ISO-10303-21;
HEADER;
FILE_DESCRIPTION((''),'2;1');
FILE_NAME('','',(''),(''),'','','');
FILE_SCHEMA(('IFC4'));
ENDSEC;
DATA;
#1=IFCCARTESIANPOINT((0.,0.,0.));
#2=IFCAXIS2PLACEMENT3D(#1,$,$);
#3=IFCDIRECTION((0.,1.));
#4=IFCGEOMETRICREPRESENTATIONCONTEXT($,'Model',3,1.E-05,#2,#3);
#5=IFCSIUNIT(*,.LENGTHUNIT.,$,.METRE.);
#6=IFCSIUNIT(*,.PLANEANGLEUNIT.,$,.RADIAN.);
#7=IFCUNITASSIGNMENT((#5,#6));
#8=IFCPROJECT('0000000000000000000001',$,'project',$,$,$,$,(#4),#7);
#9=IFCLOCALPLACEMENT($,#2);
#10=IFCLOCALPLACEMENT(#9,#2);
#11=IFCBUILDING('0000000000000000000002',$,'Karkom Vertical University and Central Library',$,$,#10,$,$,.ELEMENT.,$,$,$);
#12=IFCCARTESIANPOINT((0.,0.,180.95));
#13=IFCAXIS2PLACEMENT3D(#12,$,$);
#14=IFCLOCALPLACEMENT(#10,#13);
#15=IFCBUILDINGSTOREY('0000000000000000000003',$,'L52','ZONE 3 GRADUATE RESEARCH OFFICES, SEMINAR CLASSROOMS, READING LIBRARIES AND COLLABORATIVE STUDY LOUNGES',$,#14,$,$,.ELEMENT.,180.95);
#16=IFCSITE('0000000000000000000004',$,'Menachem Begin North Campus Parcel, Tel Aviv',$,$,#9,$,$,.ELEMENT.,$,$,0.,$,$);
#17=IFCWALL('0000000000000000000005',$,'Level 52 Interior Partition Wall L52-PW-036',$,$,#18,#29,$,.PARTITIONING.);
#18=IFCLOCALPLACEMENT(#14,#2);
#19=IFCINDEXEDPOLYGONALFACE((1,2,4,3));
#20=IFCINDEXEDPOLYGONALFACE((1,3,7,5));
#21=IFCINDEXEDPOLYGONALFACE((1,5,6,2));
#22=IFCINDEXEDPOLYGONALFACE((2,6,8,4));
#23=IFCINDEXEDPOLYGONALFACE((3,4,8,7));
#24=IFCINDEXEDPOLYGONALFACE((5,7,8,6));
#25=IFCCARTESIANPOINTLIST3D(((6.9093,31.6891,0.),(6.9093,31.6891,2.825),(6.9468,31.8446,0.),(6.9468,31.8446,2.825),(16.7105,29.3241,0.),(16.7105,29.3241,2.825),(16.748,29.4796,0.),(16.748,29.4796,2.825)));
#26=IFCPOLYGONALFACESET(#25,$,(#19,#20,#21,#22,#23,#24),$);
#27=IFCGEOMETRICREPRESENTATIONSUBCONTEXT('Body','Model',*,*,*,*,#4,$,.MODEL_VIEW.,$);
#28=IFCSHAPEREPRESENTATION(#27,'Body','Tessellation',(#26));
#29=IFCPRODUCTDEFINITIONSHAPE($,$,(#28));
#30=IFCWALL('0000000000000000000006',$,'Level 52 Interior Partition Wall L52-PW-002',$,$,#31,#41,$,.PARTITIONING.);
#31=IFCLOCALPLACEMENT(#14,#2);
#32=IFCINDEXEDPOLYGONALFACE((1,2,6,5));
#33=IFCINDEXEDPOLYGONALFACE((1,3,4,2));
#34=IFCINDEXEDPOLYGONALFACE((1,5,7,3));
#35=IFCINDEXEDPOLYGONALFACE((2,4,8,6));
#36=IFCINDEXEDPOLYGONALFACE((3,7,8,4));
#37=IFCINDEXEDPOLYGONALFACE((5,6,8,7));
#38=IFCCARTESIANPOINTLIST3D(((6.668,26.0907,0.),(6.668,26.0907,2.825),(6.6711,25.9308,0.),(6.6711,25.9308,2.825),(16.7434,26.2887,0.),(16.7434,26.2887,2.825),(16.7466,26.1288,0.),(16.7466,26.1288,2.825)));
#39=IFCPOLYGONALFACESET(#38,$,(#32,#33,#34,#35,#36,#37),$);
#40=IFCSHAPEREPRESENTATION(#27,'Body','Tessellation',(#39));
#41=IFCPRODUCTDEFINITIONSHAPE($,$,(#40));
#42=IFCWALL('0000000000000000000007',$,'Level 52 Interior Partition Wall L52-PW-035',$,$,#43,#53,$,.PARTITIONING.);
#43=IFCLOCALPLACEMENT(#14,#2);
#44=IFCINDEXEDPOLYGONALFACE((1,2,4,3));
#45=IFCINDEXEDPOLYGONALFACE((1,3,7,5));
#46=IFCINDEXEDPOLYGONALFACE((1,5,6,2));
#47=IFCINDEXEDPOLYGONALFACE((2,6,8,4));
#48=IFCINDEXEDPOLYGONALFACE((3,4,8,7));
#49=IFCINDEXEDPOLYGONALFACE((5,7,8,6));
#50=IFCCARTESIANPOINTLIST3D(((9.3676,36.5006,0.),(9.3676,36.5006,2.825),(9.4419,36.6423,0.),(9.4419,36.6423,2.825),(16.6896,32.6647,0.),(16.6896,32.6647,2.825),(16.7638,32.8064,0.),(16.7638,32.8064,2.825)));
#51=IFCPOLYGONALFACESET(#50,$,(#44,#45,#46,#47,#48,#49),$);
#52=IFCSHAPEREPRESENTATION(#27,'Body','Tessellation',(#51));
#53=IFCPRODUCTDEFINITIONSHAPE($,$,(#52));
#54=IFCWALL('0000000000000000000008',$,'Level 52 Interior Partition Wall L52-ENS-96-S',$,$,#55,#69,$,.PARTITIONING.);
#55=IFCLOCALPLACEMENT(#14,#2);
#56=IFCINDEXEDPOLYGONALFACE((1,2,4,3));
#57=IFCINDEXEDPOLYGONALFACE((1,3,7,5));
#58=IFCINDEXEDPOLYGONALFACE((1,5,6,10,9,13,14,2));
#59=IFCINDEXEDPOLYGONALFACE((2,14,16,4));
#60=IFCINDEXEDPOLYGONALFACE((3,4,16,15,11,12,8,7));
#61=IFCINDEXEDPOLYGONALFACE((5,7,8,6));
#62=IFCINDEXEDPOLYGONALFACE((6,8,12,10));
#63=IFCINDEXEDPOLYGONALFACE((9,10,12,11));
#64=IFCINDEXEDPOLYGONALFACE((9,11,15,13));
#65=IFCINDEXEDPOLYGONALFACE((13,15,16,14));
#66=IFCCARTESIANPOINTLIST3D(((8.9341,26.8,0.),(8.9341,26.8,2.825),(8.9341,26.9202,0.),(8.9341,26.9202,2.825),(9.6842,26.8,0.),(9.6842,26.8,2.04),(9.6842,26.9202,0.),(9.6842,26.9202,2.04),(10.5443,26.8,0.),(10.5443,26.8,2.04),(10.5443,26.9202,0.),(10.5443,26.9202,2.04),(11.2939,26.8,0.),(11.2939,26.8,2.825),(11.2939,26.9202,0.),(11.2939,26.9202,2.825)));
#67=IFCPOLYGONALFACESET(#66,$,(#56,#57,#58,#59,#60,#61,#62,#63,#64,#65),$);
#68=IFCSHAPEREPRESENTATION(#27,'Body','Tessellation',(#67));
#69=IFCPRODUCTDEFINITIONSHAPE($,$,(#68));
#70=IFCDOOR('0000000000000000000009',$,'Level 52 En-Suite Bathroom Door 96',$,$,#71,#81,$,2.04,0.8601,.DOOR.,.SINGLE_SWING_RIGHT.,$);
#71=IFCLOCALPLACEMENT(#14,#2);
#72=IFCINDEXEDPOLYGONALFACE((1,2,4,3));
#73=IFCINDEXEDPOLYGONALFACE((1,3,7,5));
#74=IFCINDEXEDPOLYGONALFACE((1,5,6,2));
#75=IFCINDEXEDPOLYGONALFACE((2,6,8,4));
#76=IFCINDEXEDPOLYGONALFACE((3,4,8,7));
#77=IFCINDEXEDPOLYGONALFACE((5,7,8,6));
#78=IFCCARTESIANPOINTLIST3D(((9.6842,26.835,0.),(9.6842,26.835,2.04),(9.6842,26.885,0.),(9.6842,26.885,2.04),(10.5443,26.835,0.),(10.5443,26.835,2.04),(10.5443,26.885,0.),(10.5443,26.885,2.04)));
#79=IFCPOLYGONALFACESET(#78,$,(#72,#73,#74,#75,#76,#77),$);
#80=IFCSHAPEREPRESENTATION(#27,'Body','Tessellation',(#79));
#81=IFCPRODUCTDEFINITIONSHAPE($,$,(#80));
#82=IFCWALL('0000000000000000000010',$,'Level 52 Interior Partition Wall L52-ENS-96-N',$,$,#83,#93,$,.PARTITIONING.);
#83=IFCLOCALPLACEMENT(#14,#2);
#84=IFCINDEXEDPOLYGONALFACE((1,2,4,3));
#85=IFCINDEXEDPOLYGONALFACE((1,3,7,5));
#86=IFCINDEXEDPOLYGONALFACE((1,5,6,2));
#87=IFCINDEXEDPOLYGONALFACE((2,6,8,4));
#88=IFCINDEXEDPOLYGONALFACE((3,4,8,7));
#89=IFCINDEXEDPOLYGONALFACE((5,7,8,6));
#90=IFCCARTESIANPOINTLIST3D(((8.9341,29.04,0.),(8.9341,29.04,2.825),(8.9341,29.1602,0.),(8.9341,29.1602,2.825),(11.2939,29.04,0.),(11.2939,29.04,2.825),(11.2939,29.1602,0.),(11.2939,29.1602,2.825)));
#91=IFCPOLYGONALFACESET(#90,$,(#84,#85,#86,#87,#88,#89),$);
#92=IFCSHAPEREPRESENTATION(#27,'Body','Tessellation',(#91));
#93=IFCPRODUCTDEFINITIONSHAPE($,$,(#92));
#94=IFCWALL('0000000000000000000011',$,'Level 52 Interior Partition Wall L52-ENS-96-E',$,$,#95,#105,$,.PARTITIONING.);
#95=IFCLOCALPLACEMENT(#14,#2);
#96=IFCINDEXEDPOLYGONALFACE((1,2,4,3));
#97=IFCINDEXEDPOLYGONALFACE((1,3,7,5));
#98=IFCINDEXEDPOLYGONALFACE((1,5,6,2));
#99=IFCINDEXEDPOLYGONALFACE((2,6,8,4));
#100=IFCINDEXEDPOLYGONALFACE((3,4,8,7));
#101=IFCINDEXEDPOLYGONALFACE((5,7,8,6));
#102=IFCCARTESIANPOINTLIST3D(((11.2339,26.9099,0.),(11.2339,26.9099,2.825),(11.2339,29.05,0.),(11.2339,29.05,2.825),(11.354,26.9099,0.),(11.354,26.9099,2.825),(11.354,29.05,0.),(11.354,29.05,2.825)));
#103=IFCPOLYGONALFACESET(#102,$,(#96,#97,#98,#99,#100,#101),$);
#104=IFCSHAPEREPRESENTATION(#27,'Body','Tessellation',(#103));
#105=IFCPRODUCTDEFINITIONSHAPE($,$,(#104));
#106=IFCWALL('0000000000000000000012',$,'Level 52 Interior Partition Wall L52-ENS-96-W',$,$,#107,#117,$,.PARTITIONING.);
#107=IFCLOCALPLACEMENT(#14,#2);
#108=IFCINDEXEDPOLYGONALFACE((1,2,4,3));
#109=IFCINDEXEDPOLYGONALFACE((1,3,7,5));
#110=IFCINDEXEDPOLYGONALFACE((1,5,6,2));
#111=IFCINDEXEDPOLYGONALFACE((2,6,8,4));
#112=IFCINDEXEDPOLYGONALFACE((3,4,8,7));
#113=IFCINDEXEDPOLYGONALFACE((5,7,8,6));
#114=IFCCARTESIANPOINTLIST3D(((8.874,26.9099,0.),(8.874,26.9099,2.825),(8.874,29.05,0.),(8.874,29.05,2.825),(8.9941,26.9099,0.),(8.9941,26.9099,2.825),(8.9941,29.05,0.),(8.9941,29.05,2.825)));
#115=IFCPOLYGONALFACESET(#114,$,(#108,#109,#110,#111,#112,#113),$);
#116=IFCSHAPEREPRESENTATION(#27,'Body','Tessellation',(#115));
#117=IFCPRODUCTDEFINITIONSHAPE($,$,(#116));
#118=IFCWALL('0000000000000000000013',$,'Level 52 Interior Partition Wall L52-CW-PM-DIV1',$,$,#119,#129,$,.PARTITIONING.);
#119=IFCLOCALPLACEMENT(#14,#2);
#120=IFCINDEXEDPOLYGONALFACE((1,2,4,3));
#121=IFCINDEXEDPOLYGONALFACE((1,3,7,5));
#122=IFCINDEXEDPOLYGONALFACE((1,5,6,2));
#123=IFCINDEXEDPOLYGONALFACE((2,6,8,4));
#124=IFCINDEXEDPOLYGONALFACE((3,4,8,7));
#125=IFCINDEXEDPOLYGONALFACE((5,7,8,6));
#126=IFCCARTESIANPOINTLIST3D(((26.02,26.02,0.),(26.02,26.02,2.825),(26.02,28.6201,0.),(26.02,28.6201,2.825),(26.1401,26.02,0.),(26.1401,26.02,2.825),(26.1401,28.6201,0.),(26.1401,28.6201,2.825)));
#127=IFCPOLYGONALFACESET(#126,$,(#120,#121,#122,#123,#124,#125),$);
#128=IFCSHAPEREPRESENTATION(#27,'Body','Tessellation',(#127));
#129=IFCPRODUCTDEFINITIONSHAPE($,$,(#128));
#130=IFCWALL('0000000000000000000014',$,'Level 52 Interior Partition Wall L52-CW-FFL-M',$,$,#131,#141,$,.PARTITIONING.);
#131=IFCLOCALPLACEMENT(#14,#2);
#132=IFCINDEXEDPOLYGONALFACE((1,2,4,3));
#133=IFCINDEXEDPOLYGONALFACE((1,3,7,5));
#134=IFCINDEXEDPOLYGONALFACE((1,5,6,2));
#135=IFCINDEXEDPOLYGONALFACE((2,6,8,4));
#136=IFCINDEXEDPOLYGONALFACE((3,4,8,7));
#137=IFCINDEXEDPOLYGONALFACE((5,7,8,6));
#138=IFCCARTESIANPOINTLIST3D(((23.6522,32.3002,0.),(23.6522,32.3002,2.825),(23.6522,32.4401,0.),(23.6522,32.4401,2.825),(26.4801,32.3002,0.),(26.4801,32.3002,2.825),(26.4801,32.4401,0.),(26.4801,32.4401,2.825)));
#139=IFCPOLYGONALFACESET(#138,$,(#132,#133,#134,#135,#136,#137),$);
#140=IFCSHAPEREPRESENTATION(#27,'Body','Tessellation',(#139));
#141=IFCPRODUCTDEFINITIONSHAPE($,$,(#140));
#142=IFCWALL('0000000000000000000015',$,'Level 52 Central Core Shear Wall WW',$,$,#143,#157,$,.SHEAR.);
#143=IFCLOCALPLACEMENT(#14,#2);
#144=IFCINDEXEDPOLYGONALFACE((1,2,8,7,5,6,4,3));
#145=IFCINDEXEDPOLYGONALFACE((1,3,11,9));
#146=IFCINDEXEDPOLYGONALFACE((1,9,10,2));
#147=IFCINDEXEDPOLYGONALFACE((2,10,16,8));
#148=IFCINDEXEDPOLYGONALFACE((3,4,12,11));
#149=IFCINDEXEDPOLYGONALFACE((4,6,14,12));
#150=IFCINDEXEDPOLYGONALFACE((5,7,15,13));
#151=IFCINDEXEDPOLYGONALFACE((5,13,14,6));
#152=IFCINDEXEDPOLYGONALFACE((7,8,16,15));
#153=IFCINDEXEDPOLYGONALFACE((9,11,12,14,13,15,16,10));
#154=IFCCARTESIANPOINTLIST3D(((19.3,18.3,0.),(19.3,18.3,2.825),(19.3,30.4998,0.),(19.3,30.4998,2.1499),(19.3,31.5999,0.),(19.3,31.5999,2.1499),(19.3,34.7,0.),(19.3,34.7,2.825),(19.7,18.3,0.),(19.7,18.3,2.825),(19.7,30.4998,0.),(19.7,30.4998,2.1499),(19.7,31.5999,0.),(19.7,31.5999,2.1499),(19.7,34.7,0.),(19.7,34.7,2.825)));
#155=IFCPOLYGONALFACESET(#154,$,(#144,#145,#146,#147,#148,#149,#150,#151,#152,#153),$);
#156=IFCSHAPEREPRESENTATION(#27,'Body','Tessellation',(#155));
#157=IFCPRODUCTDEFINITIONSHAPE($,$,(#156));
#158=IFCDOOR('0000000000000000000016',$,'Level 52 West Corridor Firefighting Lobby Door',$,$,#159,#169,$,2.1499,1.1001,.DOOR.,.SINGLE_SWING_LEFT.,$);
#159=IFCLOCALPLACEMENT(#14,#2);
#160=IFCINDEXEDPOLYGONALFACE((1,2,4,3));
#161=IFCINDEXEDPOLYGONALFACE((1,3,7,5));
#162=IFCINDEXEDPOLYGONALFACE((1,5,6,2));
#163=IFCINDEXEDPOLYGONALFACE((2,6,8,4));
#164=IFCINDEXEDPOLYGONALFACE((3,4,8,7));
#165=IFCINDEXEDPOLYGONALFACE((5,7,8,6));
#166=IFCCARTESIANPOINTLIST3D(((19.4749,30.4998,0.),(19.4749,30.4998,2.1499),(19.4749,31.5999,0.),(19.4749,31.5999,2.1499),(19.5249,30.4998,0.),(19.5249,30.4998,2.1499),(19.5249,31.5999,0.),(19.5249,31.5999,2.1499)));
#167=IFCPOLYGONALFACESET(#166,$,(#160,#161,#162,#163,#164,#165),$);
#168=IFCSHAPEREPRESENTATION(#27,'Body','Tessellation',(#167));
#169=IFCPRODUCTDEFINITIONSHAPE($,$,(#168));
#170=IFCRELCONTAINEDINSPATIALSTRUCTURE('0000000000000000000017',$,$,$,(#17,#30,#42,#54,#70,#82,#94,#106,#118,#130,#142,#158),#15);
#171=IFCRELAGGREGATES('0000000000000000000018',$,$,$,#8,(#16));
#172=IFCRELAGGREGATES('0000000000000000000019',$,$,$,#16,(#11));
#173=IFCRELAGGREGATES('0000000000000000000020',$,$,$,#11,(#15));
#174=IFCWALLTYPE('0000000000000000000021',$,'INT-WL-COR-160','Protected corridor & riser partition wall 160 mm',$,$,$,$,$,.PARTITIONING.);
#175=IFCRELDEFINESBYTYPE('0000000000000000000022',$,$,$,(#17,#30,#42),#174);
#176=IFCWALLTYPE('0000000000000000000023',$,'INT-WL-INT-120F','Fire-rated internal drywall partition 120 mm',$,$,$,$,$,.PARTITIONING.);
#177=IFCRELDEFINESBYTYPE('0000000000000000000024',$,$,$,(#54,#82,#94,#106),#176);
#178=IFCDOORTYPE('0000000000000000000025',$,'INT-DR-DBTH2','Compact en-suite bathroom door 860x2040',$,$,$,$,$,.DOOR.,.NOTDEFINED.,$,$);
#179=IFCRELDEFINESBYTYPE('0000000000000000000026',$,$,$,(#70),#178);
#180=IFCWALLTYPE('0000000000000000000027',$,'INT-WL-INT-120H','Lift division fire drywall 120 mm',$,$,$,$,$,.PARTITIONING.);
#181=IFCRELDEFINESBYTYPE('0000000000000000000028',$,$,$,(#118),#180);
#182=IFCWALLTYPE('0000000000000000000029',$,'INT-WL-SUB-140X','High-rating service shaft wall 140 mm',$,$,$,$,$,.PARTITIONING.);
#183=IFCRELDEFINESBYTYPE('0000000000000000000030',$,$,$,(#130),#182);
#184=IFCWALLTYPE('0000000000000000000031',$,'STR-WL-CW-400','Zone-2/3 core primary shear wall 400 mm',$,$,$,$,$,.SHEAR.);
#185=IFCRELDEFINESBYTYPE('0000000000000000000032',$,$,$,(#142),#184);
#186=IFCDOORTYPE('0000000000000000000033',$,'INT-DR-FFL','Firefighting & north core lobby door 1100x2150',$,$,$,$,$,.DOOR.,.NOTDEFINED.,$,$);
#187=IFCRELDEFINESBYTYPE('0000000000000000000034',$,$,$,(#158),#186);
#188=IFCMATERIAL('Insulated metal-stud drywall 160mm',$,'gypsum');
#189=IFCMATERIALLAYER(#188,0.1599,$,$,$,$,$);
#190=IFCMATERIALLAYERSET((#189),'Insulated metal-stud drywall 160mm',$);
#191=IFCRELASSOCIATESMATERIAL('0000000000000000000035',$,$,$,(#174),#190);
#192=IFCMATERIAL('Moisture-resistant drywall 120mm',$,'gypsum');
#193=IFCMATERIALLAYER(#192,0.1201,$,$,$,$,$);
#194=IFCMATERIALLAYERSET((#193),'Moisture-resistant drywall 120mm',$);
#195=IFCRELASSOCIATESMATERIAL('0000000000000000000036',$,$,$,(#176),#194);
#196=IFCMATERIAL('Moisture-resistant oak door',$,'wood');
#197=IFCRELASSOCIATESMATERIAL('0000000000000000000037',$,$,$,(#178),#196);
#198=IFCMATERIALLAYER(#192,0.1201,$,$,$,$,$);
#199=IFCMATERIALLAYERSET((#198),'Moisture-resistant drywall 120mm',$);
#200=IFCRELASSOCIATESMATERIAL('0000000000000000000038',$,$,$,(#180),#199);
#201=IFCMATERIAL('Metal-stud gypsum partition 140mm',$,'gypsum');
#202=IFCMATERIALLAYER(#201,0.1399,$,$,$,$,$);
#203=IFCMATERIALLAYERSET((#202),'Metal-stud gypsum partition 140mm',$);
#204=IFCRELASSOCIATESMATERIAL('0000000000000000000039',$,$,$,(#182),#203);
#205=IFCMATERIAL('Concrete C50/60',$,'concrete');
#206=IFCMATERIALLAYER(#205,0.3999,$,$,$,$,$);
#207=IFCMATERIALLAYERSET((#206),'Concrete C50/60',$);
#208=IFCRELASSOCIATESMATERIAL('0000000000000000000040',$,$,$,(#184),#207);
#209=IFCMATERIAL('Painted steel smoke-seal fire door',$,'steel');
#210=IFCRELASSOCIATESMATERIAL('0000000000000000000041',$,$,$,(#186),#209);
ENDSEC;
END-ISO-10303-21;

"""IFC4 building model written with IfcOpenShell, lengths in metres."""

from ifc_helpers import new_model, si_unit, direction, frame, frame_2d, origin, origin_with_axes, place, context, subcontext, project, spatial, rectangle, extrude, source, transform, mapped, material, layer, layer_set, type_object, element, fill, save


model = new_model("IFC4")

# Units and contexts
model_context = context("Model", 3, precision=1e-05, world=origin(), true_north=direction((0.0, 1.0)))
body_context = subcontext(model_context, "Body", "Model", "MODEL_VIEW")
ifc_project = project(units=[si_unit("LENGTHUNIT", "METRE"), si_unit("PLANEANGLEUNIT", "RADIAN")], contexts=[model_context])

# Site, building, storey
site_placement = place(None, origin())
site = spatial("IfcSite", under=ifc_project, at=site_placement, Name="Menachem Begin North Campus Parcel, Tel Aviv", CompositionType="ELEMENT", RefElevation=0.0)
building_placement = place(site_placement, origin())
building = spatial("IfcBuilding", under=site, at=building_placement, Name="Karkom Vertical University and Central Library", CompositionType="ELEMENT")
storey_placement = place(building_placement, frame((0.0, 0.0, 180.95)))
storey = spatial("IfcBuildingStorey", under=building, at=storey_placement, Name="L52", Description="ZONE 3 GRADUATE RESEARCH OFFICES, SEMINAR CLASSROOMS, READING LIBRARIES AND COLLABORATIVE STUDY LOUNGES", CompositionType="ELEMENT", Elevation=180.95)

# Shared definitions
ifc_material_1 = material(Name="Concrete C50/60", Category="concrete")

# Walls
ifc_material_2 = material(Name="Insulated metal-stud drywall 160mm", Category="gypsum")
ifc_layer_1 = layer(ifc_material_2, 0.1599)
ifc_layer_set_1 = layer_set([ifc_layer_1], Name="Insulated metal-stud drywall 160mm")
wall_type_1 = type_object("IfcWallType", Name="INT-WL-COR-160", Description="Protected corridor & riser partition wall 160 mm", PredefinedType="PARTITIONING", material=ifc_layer_set_1)
wall_1_placement = place(storey_placement, frame((16.7292, 29.4019, 0.0), z_axis=(0.0, 0.0, 1.0), x_axis=(-0.972101, 0.234562, 0.0)))
element("IfcWall", 1, at=wall_1_placement, inside=storey, type_object=wall_type_1, Name="Level 52 Interior Partition Wall L52-PW-036", PredefinedType="PARTITIONING", context=body_context, shape_type="SweptSolid", body=[
    extrude(rectangle(XDim=10.0825, YDim=0.1599, at=frame_2d((5.0413, 0.0))), origin(), (0.0, 0.0, 1.0), 2.825),
])
wall_2_placement = place(storey_placement, frame((6.6697, 26.0107, 0.0), z_axis=(0.0, 0.0, 1.0), x_axis=(0.999807, 0.019648, 0.0)))
element("IfcWall", 2, at=wall_2_placement, inside=storey, type_object=wall_type_1, Name="Level 52 Interior Partition Wall L52-PW-002", PredefinedType="PARTITIONING", context=body_context, shape_type="SweptSolid", body=[
    extrude(rectangle(XDim=10.0774, YDim=0.1599, at=frame_2d((5.0386, 0.0))), origin(), (0.0, 0.0, 1.0), 2.825),
])
wall_3_placement = place(storey_placement, frame((16.7266, 32.7356, 0.0), z_axis=(0.0, 0.0, 1.0), x_axis=(-0.885802, 0.464063, 0.0)))
element("IfcWall", 3, at=wall_3_placement, inside=storey, type_object=wall_type_1, Name="Level 52 Interior Partition Wall L52-PW-035", PredefinedType="PARTITIONING", context=body_context, shape_type="SweptSolid", body=[
    extrude(rectangle(XDim=8.2659, YDim=0.1599, at=frame_2d((4.1328, 0.0))), origin(), (0.0, 0.0, 1.0), 2.825),
])

# Wall, opening, door
ifc_material_3 = material(Name="Moisture-resistant drywall 120mm", Category="gypsum")
ifc_layer_2 = layer(ifc_material_3, 0.1201)
ifc_layer_set_2 = layer_set([ifc_layer_2], Name="Moisture-resistant drywall 120mm")
wall_type_2 = type_object("IfcWallType", Name="INT-WL-INT-120F", Description="Fire-rated internal drywall partition 120 mm", PredefinedType="PARTITIONING", material=ifc_layer_set_2)
wall_4_placement = place(storey_placement, frame((8.9341, 26.8601, 0.0), z_axis=(0.0, 0.0, 1.0), x_axis=(1.0, 0.0, 0.0)))
wall_4 = element("IfcWall", 4, at=wall_4_placement, inside=storey, type_object=wall_type_2, Name="Level 52 Interior Partition Wall L52-ENS-96-S", PredefinedType="PARTITIONING", context=body_context, shape_type="SweptSolid", body=[
    extrude(rectangle(XDim=2.3599, YDim=0.1201, at=frame_2d((1.1799, 0.0))), origin(), (0.0, 0.0, 1.0), 2.825),
])
opening_1_placement = place(wall_4_placement, frame((0.75, 0.0, 0.0)))
opening_1 = element("IfcOpeningElement", 5, at=opening_1_placement, cuts=wall_4, PredefinedType="OPENING", context=body_context, shape_type="SweptSolid", body=[
    extrude(rectangle(XDim=0.8601, YDim=2.04, at=frame_2d((0.4302, 1.02))), frame((0.0, 0.0701, 0.0), z_axis=(0.0, -1.0, 0.0), x_axis=(1.0, 0.0, 0.0)), (0.0, 0.0, 1.0), 0.1401),
])
ifc_material_4 = material(Name="Moisture-resistant oak door", Category="wood")
door_type_1 = type_object("IfcDoorType", Name="INT-DR-DBTH2", Description="Compact en-suite bathroom door 860x2040", OperationType="NOTDEFINED", PredefinedType="DOOR", material=ifc_material_4)
shared_shape_1 = source(origin_with_axes(), body_context, "Body", "SweptSolid", [
    extrude(rectangle(XDim=0.8601, YDim=2.04, at=frame_2d((0.4302, 1.02))), frame((0.0, 0.0249, 0.0), z_axis=(0.0, -1.0, 0.0), x_axis=(1.0, 0.0, 0.0)), (0.0, 0.0, 1.0), 0.05),
])
door_1_placement = place(opening_1_placement, origin())
door_1 = element("IfcDoor", 6, at=door_1_placement, inside=storey, type_object=door_type_1, Name="Level 52 En-Suite Bathroom Door 96", OperationType="SINGLE_SWING_RIGHT", OverallHeight=2.04, OverallWidth=0.8601, PredefinedType="DOOR", context=body_context, shape_type="MappedRepresentation", body=[
    mapped(shared_shape_1, transform((0.0, 0.0, 0.0), scale=1.0)),
])
fill(opening_1, door_1)

# Walls
wall_5_placement = place(storey_placement, frame((11.2939, 29.1001, 0.0), z_axis=(0.0, 0.0, 1.0), x_axis=(-1.0, 0.0, 0.0)))
element("IfcWall", 7, at=wall_5_placement, inside=storey, type_object=wall_type_2, Name="Level 52 Interior Partition Wall L52-ENS-96-N", PredefinedType="PARTITIONING", context=body_context, shape_type="SweptSolid", body=[
    extrude(rectangle(XDim=2.3599, YDim=0.1201, at=frame_2d((1.1799, 0.0))), origin(), (0.0, 0.0, 1.0), 2.825),
])
for number, where, z_axis, x_axis, name in (
    (8, (11.2939, 26.9099, 0.0), (0.0, 0.0, 1.0), (0.0, 1.0, 0.0), "Level 52 Interior Partition Wall L52-ENS-96-E"),
    (9, (8.9341, 29.05, 0.0), (0.0, 0.0, 1.0), (0.0, -1.0, 0.0), "Level 52 Interior Partition Wall L52-ENS-96-W"),
):
    element("IfcWall", number, at=place(storey_placement, frame(where, z_axis=z_axis, x_axis=x_axis)), inside=storey, type_object=wall_type_2, Name=name, PredefinedType="PARTITIONING", context=body_context, shape_type="SweptSolid", body=[
        extrude(rectangle(XDim=2.1401, YDim=0.1201, at=frame_2d((1.0701, 0.0))), origin(), (0.0, 0.0, 1.0), 2.825),
    ])
ifc_layer_3 = layer(ifc_material_3, 0.1201)
ifc_layer_set_3 = layer_set([ifc_layer_3], Name="Moisture-resistant drywall 120mm")
wall_type_3 = type_object("IfcWallType", Name="INT-WL-INT-120H", Description="Lift division fire drywall 120 mm", PredefinedType="PARTITIONING", material=ifc_layer_set_3)
wall_6_placement = place(storey_placement, frame((26.0801, 26.02, 0.0), z_axis=(0.0, 0.0, 1.0), x_axis=(0.0, 1.0, 0.0)))
element("IfcWall", 10, at=wall_6_placement, inside=storey, type_object=wall_type_3, Name="Level 52 Interior Partition Wall L52-CW-PM-DIV1", PredefinedType="PARTITIONING", context=body_context, shape_type="SweptSolid", body=[
    extrude(rectangle(XDim=2.6001, YDim=0.1201, at=frame_2d((1.3, 0.0))), origin(), (0.0, 0.0, 1.0), 2.825),
])
ifc_material_5 = material(Name="Metal-stud gypsum partition 140mm", Category="gypsum")
ifc_layer_4 = layer(ifc_material_5, 0.1399)
ifc_layer_set_4 = layer_set([ifc_layer_4], Name="Metal-stud gypsum partition 140mm")
wall_type_4 = type_object("IfcWallType", Name="INT-WL-SUB-140X", Description="High-rating service shaft wall 140 mm", PredefinedType="PARTITIONING", material=ifc_layer_set_4)
wall_7_placement = place(storey_placement, frame((23.6521, 32.3701, 0.0), z_axis=(0.0, 0.0, 1.0), x_axis=(1.0, 0.0, 0.0)))
element("IfcWall", 11, at=wall_7_placement, inside=storey, type_object=wall_type_4, Name="Level 52 Interior Partition Wall L52-CW-FFL-M", PredefinedType="PARTITIONING", context=body_context, shape_type="SweptSolid", body=[
    extrude(rectangle(XDim=2.8279, YDim=0.1399, at=frame_2d((1.4141, 0.0))), origin(), (0.0, 0.0, 1.0), 2.825),
])

# Wall, opening, door
ifc_layer_5 = layer(ifc_material_1, 0.3999)
ifc_layer_set_5 = layer_set([ifc_layer_5], Name="Concrete C50/60")
wall_type_5 = type_object("IfcWallType", Name="STR-WL-CW-400", Description="Zone-2/3 core primary shear wall 400 mm", PredefinedType="SHEAR", material=ifc_layer_set_5)
wall_8_placement = place(storey_placement, frame((19.5, 34.7, 0.0), z_axis=(0.0, 0.0, 1.0), x_axis=(0.0, -1.0, 0.0)))
wall_8 = element("IfcWall", 12, at=wall_8_placement, inside=storey, type_object=wall_type_5, Name="Level 52 Central Core Shear Wall WW", PredefinedType="SHEAR", context=body_context, shape_type="SweptSolid", body=[
    extrude(rectangle(XDim=16.3999, YDim=0.3999, at=frame_2d((8.2, 0.0))), origin(), (0.0, 0.0, 1.0), 2.825),
])
opening_2_placement = place(wall_8_placement, frame((3.1001, 0.0, 0.0)))
opening_2 = element("IfcOpeningElement", 13, at=opening_2_placement, cuts=wall_8, PredefinedType="OPENING", context=body_context, shape_type="SweptSolid", body=[
    extrude(rectangle(XDim=1.1001, YDim=2.1499, at=frame_2d((0.55, 1.075))), frame((0.0, 0.21, 0.0), z_axis=(0.0, -1.0, 0.0), x_axis=(1.0, 0.0, 0.0)), (0.0, 0.0, 1.0), 0.4199),
])
ifc_material_6 = material(Name="Painted steel smoke-seal fire door", Category="steel")
door_type_2 = type_object("IfcDoorType", Name="INT-DR-FFL", Description="Firefighting & north core lobby door 1100x2150", OperationType="NOTDEFINED", PredefinedType="DOOR", material=ifc_material_6)
shared_shape_2 = source(origin_with_axes(), body_context, "Body", "SweptSolid", [
    extrude(rectangle(XDim=1.1001, YDim=2.1499, at=frame_2d((0.55, 1.075))), frame((0.0, 0.0249, 0.0), z_axis=(0.0, -1.0, 0.0), x_axis=(1.0, 0.0, 0.0)), (0.0, 0.0, 1.0), 0.05),
])
door_2_placement = place(opening_2_placement, origin())
door_2 = element("IfcDoor", 14, at=door_2_placement, inside=storey, type_object=door_type_2, Name="Level 52 West Corridor Firefighting Lobby Door", OperationType="SINGLE_SWING_LEFT", OverallHeight=2.1499, OverallWidth=1.1001, PredefinedType="DOOR", context=body_context, shape_type="MappedRepresentation", body=[
    mapped(shared_shape_2, transform((0.0, 0.0, 0.0), scale=1.0)),
])
fill(opening_2, door_2)

save(model, "model.ifc")
